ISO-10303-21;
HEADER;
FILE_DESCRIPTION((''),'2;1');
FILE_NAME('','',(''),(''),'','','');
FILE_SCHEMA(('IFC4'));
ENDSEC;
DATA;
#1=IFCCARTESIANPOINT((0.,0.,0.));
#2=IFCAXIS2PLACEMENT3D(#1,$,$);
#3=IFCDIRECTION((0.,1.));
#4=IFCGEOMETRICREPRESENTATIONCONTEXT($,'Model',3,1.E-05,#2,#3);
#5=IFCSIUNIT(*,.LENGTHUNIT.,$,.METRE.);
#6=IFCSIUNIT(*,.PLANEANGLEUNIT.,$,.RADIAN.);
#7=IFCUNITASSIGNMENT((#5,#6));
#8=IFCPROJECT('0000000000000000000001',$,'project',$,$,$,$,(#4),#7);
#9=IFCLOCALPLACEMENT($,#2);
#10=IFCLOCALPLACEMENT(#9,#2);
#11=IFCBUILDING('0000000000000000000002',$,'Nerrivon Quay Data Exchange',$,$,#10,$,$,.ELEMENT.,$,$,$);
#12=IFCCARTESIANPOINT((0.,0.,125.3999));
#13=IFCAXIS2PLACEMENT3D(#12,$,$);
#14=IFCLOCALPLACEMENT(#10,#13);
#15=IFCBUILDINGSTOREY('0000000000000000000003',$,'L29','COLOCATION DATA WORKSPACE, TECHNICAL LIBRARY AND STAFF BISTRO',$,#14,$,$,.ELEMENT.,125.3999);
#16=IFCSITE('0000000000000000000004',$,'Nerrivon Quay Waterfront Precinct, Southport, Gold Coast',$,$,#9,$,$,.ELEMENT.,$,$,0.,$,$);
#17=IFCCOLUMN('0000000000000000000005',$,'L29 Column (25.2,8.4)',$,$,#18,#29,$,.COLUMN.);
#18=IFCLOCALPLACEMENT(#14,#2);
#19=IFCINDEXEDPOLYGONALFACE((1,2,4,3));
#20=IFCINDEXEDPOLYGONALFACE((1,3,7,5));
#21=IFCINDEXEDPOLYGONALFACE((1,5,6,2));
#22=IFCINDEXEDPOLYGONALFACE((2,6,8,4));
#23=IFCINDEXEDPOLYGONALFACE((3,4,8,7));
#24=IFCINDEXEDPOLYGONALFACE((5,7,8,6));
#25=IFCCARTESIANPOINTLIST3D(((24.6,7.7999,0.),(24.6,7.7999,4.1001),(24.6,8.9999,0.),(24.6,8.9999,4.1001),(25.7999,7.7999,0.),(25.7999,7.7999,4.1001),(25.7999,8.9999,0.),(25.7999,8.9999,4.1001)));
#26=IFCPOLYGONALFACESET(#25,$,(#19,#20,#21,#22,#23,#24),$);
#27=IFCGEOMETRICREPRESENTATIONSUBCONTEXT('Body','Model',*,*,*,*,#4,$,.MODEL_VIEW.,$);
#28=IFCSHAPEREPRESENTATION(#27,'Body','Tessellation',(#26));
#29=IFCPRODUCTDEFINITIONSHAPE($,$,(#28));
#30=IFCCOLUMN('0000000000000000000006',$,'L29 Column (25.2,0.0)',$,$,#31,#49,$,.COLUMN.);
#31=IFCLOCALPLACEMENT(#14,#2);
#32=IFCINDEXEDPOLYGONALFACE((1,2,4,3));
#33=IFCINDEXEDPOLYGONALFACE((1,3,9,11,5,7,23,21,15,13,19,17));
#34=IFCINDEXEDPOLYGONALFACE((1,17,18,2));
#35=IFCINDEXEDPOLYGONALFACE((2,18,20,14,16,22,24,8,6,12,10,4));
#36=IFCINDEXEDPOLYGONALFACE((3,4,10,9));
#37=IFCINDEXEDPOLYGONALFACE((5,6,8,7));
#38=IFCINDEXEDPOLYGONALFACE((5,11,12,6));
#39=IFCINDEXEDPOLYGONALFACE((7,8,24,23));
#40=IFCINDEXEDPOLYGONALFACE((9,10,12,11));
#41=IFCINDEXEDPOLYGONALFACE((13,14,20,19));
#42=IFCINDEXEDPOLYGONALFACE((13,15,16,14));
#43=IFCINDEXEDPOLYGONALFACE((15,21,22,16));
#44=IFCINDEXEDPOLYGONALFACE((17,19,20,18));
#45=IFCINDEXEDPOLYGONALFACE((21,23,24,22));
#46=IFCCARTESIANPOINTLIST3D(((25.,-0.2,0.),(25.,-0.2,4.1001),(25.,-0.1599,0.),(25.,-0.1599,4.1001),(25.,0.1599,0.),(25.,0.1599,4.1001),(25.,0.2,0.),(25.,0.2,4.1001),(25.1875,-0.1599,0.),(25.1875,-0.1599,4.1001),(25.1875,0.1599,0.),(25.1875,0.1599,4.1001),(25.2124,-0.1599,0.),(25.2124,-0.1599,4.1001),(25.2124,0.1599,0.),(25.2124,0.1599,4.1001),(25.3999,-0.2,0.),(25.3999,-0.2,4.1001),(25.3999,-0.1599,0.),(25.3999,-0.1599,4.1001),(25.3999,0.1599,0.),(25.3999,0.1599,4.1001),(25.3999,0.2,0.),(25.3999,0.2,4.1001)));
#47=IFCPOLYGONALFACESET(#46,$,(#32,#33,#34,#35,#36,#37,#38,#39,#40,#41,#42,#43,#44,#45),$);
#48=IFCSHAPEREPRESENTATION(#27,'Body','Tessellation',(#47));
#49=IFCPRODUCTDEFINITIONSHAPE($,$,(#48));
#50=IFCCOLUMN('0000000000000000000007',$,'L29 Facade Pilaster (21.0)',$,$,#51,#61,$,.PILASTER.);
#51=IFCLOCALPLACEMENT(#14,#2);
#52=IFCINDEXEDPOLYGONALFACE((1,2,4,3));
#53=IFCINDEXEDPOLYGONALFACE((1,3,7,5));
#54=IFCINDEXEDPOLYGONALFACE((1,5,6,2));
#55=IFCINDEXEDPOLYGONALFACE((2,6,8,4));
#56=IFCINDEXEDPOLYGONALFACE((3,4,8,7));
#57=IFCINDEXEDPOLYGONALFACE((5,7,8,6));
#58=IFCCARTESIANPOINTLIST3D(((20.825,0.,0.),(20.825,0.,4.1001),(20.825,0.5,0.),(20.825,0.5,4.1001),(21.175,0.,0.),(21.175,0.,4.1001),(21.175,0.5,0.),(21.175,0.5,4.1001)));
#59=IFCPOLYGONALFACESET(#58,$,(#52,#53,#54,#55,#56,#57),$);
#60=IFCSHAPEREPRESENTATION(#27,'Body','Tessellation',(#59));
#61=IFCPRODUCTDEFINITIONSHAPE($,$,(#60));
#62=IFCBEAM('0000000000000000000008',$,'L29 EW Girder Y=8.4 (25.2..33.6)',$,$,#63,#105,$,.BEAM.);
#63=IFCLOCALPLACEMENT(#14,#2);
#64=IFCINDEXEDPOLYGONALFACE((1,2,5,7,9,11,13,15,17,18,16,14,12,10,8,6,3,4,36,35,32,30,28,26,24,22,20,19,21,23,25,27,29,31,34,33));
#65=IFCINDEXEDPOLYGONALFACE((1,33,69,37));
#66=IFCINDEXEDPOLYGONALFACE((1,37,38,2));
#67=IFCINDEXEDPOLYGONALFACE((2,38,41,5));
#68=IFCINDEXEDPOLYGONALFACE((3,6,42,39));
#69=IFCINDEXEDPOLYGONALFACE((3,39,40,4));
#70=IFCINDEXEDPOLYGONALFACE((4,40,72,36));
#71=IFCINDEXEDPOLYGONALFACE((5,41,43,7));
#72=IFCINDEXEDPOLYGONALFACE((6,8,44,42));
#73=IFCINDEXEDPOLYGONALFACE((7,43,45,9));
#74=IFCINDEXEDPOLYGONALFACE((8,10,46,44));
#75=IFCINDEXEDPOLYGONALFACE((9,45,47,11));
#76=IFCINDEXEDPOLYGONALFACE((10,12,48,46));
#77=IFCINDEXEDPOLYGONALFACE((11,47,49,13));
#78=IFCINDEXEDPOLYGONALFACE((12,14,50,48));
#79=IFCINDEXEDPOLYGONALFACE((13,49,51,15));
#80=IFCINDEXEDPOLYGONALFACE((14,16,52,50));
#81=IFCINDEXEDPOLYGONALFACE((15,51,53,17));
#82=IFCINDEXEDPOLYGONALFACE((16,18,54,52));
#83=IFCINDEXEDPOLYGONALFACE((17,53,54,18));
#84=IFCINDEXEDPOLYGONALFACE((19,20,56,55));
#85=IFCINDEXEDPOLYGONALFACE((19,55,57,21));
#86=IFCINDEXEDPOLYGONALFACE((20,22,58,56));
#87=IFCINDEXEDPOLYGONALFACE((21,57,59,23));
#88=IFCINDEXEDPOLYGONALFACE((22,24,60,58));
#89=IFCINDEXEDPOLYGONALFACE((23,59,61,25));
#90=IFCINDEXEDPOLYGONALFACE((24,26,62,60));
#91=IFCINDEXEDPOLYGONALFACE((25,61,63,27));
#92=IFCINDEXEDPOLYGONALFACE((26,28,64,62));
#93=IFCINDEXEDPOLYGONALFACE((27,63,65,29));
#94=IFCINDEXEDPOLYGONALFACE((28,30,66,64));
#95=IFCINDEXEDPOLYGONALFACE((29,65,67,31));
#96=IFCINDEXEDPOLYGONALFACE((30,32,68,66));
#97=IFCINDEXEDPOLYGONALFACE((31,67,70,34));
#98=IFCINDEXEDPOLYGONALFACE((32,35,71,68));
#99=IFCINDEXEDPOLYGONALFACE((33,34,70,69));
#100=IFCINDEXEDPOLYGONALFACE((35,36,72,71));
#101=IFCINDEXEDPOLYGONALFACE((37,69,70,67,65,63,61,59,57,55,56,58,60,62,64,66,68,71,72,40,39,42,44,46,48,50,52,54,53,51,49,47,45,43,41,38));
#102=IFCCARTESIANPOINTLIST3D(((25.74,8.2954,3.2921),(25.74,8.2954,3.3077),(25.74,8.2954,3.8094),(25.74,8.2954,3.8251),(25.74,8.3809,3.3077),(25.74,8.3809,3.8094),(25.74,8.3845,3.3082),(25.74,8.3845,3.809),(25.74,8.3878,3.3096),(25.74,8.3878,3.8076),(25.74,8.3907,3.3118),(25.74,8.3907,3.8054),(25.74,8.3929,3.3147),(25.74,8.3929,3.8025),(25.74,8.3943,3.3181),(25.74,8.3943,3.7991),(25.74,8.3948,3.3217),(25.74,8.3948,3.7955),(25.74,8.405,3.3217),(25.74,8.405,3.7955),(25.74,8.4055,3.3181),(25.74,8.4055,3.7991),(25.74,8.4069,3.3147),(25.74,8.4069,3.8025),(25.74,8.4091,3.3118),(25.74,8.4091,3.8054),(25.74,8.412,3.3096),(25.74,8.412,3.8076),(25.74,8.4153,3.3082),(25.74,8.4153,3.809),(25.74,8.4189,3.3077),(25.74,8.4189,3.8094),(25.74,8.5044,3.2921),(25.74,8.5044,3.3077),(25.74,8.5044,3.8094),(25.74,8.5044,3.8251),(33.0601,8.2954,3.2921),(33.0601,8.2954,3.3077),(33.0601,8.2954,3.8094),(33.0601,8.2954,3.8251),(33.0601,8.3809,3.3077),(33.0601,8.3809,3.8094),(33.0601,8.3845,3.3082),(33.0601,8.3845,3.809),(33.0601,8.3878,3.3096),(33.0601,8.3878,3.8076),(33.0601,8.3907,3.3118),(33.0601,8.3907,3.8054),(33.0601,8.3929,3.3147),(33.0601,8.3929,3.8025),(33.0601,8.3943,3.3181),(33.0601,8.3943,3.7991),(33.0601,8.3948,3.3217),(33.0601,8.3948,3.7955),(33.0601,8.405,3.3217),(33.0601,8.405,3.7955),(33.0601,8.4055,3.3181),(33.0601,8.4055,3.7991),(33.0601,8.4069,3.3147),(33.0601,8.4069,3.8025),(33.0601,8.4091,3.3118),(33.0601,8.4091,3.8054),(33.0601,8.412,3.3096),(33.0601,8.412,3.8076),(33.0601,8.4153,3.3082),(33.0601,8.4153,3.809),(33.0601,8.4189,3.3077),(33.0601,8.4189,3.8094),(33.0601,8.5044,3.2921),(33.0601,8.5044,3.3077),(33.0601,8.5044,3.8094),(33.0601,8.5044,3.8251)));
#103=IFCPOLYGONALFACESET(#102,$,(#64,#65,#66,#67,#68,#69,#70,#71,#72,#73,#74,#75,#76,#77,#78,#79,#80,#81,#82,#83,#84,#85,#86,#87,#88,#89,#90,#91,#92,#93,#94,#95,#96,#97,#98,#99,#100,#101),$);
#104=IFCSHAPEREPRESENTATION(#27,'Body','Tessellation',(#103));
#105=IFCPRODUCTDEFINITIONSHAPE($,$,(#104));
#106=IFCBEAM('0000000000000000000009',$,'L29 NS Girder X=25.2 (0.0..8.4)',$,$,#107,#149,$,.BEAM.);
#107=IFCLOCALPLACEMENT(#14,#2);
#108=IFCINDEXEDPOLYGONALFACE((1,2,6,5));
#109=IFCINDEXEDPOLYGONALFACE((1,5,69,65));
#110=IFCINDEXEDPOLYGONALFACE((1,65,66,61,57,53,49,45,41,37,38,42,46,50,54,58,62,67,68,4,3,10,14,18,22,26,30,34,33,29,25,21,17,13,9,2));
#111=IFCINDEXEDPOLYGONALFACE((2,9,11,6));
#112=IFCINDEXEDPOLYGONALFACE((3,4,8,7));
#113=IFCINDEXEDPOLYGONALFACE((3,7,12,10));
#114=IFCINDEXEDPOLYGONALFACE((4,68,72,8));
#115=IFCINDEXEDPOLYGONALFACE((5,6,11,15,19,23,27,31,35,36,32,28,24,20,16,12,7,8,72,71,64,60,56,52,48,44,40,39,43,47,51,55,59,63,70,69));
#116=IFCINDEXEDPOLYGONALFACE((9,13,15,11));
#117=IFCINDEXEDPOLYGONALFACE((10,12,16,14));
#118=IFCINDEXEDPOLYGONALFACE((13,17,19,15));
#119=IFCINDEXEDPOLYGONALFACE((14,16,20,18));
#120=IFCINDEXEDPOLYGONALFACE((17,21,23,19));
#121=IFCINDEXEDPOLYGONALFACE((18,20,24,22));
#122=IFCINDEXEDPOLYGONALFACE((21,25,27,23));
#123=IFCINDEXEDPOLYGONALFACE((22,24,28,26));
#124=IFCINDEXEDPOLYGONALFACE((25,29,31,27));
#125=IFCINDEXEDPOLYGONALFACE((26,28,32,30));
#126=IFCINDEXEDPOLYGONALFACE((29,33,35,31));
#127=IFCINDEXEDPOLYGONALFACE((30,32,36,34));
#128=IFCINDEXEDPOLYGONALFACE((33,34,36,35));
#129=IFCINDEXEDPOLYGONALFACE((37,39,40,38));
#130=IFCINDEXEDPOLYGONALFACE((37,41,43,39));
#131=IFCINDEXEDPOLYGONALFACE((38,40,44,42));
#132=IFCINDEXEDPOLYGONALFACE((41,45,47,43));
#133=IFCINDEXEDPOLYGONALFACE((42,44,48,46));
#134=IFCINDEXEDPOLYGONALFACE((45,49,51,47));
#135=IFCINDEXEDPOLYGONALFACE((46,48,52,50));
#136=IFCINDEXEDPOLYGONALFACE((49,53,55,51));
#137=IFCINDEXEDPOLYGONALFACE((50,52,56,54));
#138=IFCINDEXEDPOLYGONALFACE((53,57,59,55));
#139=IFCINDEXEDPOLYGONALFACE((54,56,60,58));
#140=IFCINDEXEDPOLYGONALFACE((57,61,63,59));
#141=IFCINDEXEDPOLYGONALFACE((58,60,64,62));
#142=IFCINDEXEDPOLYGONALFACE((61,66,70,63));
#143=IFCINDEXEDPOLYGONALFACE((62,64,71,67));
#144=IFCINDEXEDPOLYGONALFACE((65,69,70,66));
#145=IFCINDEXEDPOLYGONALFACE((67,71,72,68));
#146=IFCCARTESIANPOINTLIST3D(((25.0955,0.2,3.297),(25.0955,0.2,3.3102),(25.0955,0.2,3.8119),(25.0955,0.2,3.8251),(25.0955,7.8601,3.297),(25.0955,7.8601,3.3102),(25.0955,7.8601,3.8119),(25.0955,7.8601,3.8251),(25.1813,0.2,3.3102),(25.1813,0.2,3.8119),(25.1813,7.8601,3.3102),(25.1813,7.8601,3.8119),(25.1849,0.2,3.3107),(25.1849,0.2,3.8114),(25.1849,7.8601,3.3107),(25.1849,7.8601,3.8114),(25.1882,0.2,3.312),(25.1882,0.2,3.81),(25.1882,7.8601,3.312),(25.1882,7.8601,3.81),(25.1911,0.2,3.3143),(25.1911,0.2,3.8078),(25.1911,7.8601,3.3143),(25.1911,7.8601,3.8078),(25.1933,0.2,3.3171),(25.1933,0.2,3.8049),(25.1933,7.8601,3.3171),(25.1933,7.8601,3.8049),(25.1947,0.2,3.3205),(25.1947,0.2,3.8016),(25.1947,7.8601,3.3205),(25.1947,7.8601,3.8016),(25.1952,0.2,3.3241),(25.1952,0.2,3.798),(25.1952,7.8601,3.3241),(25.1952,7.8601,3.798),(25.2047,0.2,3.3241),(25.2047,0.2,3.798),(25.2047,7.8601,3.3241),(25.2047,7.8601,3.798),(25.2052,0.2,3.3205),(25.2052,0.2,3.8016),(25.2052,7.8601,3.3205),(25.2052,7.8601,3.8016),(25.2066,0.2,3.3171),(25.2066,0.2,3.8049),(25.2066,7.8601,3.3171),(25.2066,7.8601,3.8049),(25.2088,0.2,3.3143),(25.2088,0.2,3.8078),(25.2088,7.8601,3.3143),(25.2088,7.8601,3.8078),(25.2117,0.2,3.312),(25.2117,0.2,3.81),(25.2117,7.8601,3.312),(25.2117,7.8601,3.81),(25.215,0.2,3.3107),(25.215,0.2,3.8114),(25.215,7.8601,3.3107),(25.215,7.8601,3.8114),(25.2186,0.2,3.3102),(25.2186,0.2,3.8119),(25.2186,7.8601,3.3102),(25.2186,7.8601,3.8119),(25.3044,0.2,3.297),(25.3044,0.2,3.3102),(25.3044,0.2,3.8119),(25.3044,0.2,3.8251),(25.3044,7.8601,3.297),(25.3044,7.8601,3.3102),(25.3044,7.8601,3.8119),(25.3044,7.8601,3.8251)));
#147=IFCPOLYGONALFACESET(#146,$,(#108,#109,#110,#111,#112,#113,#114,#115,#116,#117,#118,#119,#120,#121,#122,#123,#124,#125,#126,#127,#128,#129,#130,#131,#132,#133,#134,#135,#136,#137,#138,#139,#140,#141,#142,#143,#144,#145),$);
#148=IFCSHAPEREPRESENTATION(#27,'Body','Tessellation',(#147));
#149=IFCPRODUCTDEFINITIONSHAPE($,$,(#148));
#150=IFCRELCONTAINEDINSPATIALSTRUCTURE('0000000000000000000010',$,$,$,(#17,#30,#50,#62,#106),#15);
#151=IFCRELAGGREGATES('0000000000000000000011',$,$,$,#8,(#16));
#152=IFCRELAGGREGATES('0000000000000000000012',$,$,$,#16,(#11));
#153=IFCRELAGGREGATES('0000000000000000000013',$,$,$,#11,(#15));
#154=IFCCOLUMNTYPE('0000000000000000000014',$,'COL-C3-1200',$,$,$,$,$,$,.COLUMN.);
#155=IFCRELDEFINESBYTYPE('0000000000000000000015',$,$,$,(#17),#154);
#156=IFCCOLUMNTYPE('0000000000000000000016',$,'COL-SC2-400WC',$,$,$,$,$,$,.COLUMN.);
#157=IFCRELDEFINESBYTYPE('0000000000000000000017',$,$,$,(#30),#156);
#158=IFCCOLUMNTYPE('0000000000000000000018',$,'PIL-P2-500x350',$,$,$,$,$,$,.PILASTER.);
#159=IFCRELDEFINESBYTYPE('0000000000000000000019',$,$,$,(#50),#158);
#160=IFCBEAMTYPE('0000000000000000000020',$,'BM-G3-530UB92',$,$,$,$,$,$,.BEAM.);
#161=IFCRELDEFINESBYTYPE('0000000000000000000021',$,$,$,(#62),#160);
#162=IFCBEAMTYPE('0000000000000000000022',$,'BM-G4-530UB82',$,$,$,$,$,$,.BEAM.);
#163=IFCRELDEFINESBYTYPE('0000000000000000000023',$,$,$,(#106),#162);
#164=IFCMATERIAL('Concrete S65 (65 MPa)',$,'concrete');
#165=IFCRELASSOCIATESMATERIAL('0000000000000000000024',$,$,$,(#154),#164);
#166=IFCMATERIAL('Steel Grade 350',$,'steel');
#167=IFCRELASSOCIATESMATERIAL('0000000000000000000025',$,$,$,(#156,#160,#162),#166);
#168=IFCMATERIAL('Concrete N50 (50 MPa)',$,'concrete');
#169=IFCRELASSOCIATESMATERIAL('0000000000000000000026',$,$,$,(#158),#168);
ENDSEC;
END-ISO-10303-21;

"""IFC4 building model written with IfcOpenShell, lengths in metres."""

from ifc_helpers import new_model, si_unit, direction, frame, origin, origin_2d, place, context, subcontext, project, spatial, rectangle, i_section, extrude, material, material_profile, profile_set, type_object, element, save


model = new_model("IFC4")

# Units and contexts
model_context = context("Model", 3, precision=1e-05, world=origin(), true_north=direction((0.0, 1.0)))
body_context = subcontext(model_context, "Body", "Model", "MODEL_VIEW")
ifc_project = project(units=[si_unit("LENGTHUNIT", "METRE"), si_unit("PLANEANGLEUNIT", "RADIAN")], contexts=[model_context])

# Site, building, storey
site_placement = place(None, origin())
site = spatial("IfcSite", under=ifc_project, at=site_placement, Name="Nerrivon Quay Waterfront Precinct, Southport, Gold Coast", CompositionType="ELEMENT", RefElevation=0.0)
building_placement = place(site_placement, origin())
building = spatial("IfcBuilding", under=site, at=building_placement, Name="Nerrivon Quay Data Exchange", CompositionType="ELEMENT")
storey_placement = place(building_placement, frame((0.0, 0.0, 125.3999)))
storey = spatial("IfcBuildingStorey", under=building, at=storey_placement, Name="L29", Description="COLOCATION DATA WORKSPACE, TECHNICAL LIBRARY AND STAFF BISTRO", CompositionType="ELEMENT", Elevation=125.3999)

# Columns
ifc_material_1 = material(Name="Concrete S65 (65 MPa)", Category="concrete")
ifc_material_profile_1 = material_profile(ifc_material_1, rectangle(XDim=1.2, YDim=1.2, at=origin_2d()), Name="RC-COL-1200x1200")
ifc_profile_set_1 = profile_set([ifc_material_profile_1], Name="Concrete S65 (65 MPa)")
column_type_1 = type_object("IfcColumnType", Name="COL-C3-1200", PredefinedType="COLUMN", material=ifc_profile_set_1)
column_1_placement = place(storey_placement, frame((25.2, 8.3999, 0.0), z_axis=(0.0, 0.0, 1.0), x_axis=(1.0, 0.0, 0.0)))
element("IfcColumn", 1, at=column_1_placement, inside=storey, type_object=column_type_1, Name="L29 Column (25.2,8.4)", PredefinedType="COLUMN", context=body_context, shape_type="SweptSolid", body=[
    extrude(rectangle(XDim=1.2, YDim=1.2, at=origin_2d()), origin(), (0.0, 0.0, 1.0), 4.1001),
])
ifc_material_2 = material(Name="Steel Grade 350", Category="steel")
ifc_material_profile_2 = material_profile(ifc_material_2, i_section(OverallWidth=0.3999, OverallDepth=0.3999, WebThickness=0.0249, FlangeThickness=0.04, at=origin_2d()), Name="400WC328")
ifc_profile_set_2 = profile_set([ifc_material_profile_2], Name="Steel Grade 350")
column_type_2 = type_object("IfcColumnType", Name="COL-SC2-400WC", PredefinedType="COLUMN", material=ifc_profile_set_2)
column_2_placement = place(storey_placement, frame((25.2, 0.0, 0.0), z_axis=(0.0, 0.0, 1.0), x_axis=(1.0, 0.0, 0.0)))
element("IfcColumn", 2, at=column_2_placement, inside=storey, type_object=column_type_2, Name="L29 Column (25.2,0.0)", PredefinedType="COLUMN", context=body_context, shape_type="SweptSolid", body=[
    extrude(i_section(OverallWidth=0.3999, OverallDepth=0.3999, WebThickness=0.0249, FlangeThickness=0.04, at=origin_2d()), origin(), (0.0, 0.0, 1.0), 4.1001),
])
ifc_material_3 = material(Name="Concrete N50 (50 MPa)", Category="concrete")
ifc_material_profile_3 = material_profile(ifc_material_3, rectangle(XDim=0.3501, YDim=0.5, at=origin_2d()), Name="RC-PIL-500x350")
ifc_profile_set_3 = profile_set([ifc_material_profile_3], Name="Concrete N50 (50 MPa)")
column_type_3 = type_object("IfcColumnType", Name="PIL-P2-500x350", PredefinedType="PILASTER", material=ifc_profile_set_3)
column_3_placement = place(storey_placement, frame((21.0, 0.25, 0.0), z_axis=(0.0, 0.0, 1.0), x_axis=(1.0, 0.0, 0.0)))
element("IfcColumn", 3, at=column_3_placement, inside=storey, type_object=column_type_3, Name="L29 Facade Pilaster (21.0)", PredefinedType="PILASTER", context=body_context, shape_type="SweptSolid", body=[
    extrude(rectangle(XDim=0.3501, YDim=0.5, at=origin_2d()), origin(), (0.0, 0.0, 1.0), 4.1001),
])

# Beams
ifc_material_profile_4 = material_profile(ifc_material_2, i_section(OverallWidth=0.209, OverallDepth=0.533, WebThickness=0.0103, FlangeThickness=0.0156, FilletRadius=0.0139, at=origin_2d()), Name="530UB92.4")
ifc_profile_set_4 = profile_set([ifc_material_profile_4], Name="Steel Grade 350")
beam_type_1 = type_object("IfcBeamType", Name="BM-G3-530UB92", PredefinedType="BEAM", material=ifc_profile_set_4)
beam_1_placement = place(storey_placement, frame((25.74, 8.3999, 3.5586), z_axis=(1.0, 0.0, 0.0), x_axis=(0.0, 1.0, 0.0)))
element("IfcBeam", 4, at=beam_1_placement, inside=storey, type_object=beam_type_1, Name="L29 EW Girder Y=8.4 (25.2..33.6)", PredefinedType="BEAM", context=body_context, shape_type="SweptSolid", body=[
    extrude(i_section(OverallWidth=0.209, OverallDepth=0.533, WebThickness=0.0103, FlangeThickness=0.0156, FilletRadius=0.0139, at=origin_2d()), origin(), (0.0, 0.0, 1.0), 7.3201),
])
ifc_material_profile_5 = material_profile(ifc_material_2, i_section(OverallWidth=0.209, OverallDepth=0.5281, WebThickness=0.0095, FlangeThickness=0.0132, FilletRadius=0.0139, at=origin_2d()), Name="530UB82.0")
ifc_profile_set_5 = profile_set([ifc_material_profile_5], Name="Steel Grade 350")
beam_type_2 = type_object("IfcBeamType", Name="BM-G4-530UB82", PredefinedType="BEAM", material=ifc_profile_set_5)
beam_2_placement = place(storey_placement, frame((25.2, 0.2, 3.561), z_axis=(0.0, 1.0, 0.0), x_axis=(-1.0, 0.0, 0.0)))
element("IfcBeam", 5, at=beam_2_placement, inside=storey, type_object=beam_type_2, Name="L29 NS Girder X=25.2 (0.0..8.4)", PredefinedType="BEAM", context=body_context, shape_type="SweptSolid", body=[
    extrude(i_section(OverallWidth=0.209, OverallDepth=0.5281, WebThickness=0.0095, FlangeThickness=0.0132, FilletRadius=0.0139, at=origin_2d()), origin(), (0.0, 0.0, 1.0), 7.6602),
])

save(model, "model.ifc")
